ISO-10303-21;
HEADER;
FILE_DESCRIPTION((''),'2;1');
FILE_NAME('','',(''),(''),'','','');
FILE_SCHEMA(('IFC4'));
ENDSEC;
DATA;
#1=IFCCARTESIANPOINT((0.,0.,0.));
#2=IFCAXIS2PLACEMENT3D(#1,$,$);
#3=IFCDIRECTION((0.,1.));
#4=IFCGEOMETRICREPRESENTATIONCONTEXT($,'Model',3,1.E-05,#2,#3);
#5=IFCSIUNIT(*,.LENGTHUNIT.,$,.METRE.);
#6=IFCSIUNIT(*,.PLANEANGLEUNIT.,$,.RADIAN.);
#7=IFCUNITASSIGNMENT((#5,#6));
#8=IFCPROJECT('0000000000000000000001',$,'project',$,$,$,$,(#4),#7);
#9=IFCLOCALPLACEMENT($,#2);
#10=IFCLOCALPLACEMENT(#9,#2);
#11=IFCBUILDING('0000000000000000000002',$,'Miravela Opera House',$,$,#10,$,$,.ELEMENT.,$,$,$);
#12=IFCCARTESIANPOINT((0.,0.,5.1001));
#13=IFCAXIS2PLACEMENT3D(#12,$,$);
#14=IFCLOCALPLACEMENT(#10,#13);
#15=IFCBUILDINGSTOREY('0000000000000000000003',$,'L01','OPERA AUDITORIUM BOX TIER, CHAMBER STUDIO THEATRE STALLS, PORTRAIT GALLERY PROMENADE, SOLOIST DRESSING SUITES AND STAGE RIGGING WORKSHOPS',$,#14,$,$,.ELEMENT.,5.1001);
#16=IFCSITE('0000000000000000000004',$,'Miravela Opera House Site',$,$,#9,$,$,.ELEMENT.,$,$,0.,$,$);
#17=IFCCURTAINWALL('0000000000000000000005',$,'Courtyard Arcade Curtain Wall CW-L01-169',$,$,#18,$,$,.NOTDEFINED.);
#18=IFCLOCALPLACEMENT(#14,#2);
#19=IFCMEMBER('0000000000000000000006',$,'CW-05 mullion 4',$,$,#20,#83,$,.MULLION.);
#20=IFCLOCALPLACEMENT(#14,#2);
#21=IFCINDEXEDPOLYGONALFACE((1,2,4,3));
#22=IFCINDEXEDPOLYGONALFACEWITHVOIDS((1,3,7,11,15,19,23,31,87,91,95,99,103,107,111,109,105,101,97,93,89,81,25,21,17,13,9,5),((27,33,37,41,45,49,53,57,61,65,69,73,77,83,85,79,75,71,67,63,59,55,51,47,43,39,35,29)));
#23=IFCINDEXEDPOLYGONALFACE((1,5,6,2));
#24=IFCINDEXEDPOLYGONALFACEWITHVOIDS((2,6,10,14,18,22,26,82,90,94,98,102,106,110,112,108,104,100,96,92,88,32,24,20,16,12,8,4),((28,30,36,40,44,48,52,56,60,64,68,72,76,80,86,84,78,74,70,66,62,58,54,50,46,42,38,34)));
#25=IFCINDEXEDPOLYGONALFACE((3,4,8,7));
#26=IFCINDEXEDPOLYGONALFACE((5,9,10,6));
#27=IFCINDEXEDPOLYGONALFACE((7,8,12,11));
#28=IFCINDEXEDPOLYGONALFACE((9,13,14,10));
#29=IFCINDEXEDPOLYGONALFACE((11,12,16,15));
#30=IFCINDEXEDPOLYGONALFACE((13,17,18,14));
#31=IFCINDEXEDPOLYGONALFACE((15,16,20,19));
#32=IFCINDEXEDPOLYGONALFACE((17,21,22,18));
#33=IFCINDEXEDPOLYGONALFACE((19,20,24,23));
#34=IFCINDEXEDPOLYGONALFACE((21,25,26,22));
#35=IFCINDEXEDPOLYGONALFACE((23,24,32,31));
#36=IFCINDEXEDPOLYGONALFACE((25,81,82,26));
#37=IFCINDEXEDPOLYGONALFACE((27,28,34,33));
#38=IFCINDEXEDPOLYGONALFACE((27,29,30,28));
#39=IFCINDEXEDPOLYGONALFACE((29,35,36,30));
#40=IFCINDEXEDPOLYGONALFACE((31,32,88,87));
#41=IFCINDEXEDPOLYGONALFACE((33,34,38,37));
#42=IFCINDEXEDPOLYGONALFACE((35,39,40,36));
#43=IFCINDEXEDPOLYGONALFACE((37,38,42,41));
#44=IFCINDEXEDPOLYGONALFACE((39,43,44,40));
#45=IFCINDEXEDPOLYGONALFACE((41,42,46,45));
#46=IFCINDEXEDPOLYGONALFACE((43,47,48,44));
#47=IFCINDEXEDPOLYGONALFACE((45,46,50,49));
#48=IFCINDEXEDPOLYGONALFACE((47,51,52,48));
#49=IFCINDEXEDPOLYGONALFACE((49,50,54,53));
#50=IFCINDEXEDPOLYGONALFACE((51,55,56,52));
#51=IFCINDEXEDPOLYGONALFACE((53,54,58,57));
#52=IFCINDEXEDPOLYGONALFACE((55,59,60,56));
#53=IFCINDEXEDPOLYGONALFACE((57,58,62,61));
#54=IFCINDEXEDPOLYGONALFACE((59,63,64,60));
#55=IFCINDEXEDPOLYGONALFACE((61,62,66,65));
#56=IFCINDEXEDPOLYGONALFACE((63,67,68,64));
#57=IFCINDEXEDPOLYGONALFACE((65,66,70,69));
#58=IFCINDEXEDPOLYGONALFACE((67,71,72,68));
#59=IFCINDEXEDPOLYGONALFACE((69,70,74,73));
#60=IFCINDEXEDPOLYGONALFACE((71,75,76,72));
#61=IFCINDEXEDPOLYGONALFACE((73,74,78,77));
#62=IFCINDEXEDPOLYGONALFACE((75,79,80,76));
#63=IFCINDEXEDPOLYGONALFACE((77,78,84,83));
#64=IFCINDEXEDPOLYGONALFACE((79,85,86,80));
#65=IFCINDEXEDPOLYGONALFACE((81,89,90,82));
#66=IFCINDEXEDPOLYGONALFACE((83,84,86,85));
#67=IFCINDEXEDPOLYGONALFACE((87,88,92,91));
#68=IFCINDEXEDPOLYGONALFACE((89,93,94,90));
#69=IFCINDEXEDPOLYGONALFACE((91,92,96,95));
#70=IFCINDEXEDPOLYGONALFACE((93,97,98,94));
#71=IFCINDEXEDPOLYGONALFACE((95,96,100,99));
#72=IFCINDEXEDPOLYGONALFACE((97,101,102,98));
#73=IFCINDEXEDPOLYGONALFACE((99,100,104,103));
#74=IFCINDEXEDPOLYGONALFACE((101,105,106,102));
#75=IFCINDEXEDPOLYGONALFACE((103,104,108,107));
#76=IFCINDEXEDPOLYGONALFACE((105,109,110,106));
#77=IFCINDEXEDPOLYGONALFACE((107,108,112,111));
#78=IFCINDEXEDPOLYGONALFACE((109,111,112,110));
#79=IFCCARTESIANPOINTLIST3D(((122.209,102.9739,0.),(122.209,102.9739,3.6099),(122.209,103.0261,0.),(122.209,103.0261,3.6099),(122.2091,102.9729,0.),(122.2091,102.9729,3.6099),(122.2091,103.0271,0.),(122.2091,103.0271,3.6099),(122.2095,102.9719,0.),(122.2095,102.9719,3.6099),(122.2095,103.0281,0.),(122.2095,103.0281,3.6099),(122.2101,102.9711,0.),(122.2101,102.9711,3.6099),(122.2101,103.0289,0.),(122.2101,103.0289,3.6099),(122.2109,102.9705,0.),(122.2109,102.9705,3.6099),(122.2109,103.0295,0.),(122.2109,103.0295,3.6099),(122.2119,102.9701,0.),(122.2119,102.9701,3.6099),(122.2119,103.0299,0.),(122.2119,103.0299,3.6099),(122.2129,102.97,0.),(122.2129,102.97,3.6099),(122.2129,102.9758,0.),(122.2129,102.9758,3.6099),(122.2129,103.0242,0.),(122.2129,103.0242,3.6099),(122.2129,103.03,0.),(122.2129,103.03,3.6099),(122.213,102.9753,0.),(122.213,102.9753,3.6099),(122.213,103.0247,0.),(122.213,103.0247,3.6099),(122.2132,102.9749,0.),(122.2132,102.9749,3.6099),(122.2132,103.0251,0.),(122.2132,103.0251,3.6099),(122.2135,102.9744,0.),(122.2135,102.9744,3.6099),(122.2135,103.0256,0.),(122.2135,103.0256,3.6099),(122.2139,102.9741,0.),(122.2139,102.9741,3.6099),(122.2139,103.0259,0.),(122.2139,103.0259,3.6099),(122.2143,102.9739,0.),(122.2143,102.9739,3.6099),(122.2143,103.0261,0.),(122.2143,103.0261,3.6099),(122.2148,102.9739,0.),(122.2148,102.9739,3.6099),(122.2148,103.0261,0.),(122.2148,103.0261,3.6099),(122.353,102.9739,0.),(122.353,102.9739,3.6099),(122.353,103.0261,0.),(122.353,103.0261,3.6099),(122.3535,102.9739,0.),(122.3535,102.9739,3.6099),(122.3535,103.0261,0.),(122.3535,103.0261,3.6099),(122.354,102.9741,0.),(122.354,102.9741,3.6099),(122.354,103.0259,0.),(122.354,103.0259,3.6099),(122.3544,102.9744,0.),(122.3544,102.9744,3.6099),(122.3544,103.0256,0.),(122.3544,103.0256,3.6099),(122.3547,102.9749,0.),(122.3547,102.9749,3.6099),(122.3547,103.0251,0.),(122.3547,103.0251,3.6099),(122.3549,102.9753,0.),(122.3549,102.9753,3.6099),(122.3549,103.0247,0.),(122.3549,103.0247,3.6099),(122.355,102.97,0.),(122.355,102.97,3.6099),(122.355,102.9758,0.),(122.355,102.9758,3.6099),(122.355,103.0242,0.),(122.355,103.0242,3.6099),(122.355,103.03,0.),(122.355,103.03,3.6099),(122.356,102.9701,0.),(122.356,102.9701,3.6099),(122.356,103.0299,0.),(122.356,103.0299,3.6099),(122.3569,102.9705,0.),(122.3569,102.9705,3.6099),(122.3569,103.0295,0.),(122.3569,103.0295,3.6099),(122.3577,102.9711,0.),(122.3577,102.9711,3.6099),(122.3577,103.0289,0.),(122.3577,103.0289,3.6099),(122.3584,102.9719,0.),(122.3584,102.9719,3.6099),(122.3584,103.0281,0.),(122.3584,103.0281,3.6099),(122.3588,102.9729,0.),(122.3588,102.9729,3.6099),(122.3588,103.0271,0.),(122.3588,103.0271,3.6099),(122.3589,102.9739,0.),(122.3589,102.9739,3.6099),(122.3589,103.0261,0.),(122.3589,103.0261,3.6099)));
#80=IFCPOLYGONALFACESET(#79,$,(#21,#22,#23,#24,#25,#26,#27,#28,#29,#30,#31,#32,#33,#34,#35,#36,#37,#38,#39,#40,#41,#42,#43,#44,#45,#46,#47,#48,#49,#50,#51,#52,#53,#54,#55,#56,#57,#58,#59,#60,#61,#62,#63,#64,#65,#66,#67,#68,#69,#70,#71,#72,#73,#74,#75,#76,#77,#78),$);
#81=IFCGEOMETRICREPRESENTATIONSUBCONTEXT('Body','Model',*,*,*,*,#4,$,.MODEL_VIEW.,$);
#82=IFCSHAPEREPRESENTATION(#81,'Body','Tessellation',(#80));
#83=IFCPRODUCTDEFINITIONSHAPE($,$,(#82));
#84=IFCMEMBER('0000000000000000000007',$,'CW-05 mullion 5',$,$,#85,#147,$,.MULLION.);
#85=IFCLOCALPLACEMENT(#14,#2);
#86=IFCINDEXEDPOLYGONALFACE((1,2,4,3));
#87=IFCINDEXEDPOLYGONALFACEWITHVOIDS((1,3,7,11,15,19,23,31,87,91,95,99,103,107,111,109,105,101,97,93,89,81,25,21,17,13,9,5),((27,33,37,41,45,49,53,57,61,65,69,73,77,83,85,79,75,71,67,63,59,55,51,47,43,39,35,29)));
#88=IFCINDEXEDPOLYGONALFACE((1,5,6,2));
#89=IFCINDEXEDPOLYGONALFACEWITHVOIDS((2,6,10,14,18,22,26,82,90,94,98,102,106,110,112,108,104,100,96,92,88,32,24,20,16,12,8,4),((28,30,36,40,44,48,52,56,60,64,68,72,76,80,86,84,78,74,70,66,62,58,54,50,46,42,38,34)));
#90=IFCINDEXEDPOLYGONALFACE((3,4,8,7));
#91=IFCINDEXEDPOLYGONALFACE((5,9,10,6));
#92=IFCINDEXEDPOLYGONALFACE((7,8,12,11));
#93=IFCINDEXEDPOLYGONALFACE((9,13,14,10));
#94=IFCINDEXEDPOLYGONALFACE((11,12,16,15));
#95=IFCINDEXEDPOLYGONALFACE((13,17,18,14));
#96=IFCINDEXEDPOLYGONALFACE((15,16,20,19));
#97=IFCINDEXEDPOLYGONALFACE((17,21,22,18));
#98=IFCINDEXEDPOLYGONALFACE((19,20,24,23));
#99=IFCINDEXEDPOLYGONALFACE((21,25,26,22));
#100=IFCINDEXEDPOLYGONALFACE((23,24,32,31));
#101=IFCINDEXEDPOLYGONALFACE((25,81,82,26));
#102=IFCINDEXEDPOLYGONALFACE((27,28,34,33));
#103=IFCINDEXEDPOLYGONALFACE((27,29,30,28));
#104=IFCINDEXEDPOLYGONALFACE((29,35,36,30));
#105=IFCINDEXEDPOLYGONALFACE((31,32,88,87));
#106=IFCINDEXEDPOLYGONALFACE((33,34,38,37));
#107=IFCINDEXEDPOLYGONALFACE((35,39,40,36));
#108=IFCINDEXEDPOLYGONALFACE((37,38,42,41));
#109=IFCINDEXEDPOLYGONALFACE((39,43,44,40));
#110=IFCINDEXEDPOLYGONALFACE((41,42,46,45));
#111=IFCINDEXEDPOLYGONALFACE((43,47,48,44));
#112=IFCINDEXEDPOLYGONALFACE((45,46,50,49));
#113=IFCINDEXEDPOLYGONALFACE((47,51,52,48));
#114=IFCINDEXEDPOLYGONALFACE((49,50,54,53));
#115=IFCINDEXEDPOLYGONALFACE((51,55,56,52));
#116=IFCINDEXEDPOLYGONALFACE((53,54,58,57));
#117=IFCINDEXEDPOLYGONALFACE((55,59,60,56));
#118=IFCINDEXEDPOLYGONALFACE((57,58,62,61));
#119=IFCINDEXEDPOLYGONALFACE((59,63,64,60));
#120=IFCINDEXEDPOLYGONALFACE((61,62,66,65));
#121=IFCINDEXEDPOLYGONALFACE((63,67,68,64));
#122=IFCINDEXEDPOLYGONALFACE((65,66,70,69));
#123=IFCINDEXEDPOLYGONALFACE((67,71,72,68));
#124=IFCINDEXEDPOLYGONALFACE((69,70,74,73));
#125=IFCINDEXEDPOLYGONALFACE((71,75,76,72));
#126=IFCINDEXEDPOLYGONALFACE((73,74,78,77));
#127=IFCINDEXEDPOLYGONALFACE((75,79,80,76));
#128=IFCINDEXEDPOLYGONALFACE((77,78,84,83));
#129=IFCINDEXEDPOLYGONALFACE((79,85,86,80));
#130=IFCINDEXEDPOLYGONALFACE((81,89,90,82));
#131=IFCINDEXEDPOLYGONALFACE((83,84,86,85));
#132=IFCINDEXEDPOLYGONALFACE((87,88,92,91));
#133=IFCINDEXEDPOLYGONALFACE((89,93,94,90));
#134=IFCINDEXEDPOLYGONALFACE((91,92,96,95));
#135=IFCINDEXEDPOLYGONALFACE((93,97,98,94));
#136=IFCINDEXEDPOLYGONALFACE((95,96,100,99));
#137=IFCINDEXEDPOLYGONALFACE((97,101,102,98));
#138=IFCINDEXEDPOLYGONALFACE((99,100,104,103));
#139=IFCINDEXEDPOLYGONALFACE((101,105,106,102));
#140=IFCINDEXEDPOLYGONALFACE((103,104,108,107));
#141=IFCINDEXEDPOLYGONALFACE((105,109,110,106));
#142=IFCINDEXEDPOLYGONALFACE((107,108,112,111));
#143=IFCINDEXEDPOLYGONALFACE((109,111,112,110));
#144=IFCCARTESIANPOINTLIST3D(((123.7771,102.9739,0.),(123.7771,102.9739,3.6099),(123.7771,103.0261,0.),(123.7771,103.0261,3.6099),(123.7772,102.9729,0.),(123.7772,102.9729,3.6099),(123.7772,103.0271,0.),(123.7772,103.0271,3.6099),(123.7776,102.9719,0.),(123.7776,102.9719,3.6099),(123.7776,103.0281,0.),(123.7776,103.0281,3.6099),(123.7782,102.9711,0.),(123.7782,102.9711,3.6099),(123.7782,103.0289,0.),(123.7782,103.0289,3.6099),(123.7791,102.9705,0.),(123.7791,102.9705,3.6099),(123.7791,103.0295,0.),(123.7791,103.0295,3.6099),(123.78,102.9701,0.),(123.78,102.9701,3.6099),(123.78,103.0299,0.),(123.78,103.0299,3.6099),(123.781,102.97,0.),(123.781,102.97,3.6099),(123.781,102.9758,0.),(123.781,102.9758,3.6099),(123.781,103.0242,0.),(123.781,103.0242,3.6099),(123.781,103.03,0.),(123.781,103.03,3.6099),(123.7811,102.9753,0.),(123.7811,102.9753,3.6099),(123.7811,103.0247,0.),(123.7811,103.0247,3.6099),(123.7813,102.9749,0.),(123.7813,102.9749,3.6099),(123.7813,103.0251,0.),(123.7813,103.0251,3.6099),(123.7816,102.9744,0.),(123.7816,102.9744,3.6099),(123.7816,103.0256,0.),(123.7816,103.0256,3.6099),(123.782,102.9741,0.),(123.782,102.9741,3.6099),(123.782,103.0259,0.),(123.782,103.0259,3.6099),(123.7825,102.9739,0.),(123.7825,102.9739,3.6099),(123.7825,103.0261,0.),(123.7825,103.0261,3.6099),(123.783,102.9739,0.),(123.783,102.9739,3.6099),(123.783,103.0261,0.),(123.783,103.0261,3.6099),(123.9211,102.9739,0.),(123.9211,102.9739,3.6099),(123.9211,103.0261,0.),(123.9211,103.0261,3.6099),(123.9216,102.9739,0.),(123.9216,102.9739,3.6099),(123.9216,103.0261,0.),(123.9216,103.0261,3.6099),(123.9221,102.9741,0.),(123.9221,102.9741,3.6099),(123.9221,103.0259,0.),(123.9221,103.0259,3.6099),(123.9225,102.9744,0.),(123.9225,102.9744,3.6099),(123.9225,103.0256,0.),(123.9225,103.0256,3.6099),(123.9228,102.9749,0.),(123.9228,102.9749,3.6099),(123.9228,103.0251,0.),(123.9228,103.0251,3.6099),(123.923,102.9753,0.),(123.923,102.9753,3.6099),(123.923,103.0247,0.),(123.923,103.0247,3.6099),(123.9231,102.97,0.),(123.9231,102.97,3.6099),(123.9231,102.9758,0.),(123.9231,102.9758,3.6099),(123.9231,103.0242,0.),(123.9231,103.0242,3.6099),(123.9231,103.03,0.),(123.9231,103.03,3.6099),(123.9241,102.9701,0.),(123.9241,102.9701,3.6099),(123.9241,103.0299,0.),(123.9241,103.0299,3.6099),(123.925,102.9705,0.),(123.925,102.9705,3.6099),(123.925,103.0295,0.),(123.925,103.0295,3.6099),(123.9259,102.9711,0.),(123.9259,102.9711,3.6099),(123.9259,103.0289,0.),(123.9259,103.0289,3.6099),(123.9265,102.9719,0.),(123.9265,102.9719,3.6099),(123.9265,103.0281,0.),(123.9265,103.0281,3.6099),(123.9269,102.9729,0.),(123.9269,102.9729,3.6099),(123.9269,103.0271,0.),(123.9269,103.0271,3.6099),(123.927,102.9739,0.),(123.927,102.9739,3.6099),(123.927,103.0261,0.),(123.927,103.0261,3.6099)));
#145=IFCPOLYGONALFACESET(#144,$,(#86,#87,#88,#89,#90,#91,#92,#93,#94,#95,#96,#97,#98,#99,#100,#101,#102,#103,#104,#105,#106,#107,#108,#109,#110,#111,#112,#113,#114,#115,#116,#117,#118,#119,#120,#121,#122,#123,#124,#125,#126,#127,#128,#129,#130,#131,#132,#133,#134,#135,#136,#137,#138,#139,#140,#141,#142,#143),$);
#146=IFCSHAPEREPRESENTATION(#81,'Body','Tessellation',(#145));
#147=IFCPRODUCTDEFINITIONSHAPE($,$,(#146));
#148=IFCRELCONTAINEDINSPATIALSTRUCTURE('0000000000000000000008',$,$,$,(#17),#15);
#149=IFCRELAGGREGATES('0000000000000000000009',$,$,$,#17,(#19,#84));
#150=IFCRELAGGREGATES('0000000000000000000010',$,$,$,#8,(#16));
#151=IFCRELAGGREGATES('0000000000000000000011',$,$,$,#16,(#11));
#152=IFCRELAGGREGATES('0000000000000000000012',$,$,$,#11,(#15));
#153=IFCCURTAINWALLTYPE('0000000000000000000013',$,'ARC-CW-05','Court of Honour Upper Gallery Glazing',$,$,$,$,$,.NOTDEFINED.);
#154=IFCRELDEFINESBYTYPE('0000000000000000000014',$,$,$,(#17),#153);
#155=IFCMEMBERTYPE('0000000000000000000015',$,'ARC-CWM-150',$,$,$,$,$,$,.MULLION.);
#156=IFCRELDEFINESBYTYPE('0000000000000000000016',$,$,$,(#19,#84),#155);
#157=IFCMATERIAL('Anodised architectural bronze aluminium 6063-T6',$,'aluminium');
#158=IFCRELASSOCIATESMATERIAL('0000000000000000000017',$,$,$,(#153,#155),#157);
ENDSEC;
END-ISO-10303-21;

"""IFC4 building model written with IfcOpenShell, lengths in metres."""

from ifc_helpers import new_model, si_unit, direction, frame, origin, origin_2d, place, context, subcontext, project, spatial, hollow_rectangle, extrude, material, material_profile, profile_set, type_object, element, aggregate, save


model = new_model("IFC4")

# Units and contexts
model_context = context("Model", 3, precision=1e-05, world=origin(), true_north=direction((0.0, 1.0)))
body_context = subcontext(model_context, "Body", "Model", "MODEL_VIEW")
ifc_project = project(units=[si_unit("LENGTHUNIT", "METRE"), si_unit("PLANEANGLEUNIT", "RADIAN")], contexts=[model_context])

# Site, building, storey
site_placement = place(None, origin())
site = spatial("IfcSite", under=ifc_project, at=site_placement, Name="Miravela Opera House Site", CompositionType="ELEMENT", RefElevation=0.0)
building_placement = place(site_placement, origin())
building = spatial("IfcBuilding", under=site, at=building_placement, Name="Miravela Opera House", CompositionType="ELEMENT")
storey_placement = place(building_placement, frame((0.0, 0.0, 5.1001)))
storey = spatial("IfcBuildingStorey", under=building, at=storey_placement, Name="L01", Description="OPERA AUDITORIUM BOX TIER, CHAMBER STUDIO THEATRE STALLS, PORTRAIT GALLERY PROMENADE, SOLOIST DRESSING SUITES AND STAGE RIGGING WORKSHOPS", CompositionType="ELEMENT", Elevation=5.1001)

# Curtain wall, members
ifc_material_1 = material(Name="Anodised architectural bronze aluminium 6063-T6", Category="aluminium")
curtain_wall_type = type_object("IfcCurtainWallType", Name="ARC-CW-05", Description="Court of Honour Upper Gallery Glazing", PredefinedType="NOTDEFINED", material=ifc_material_1)
curtain_wall_placement = place(storey_placement, origin())
curtain_wall = element("IfcCurtainWall", 1, at=curtain_wall_placement, inside=storey, type_object=curtain_wall_type, Name="Courtyard Arcade Curtain Wall CW-L01-169", PredefinedType="NOTDEFINED")
ifc_material_profile_1 = material_profile(ifc_material_1, hollow_rectangle(XDim=0.0601, YDim=0.1499, WallThickness=0.0039, InnerFilletRadius=0.002, OuterFilletRadius=0.0039, at=origin_2d()), Name="CWM-60X150")
ifc_profile_set_1 = profile_set([ifc_material_profile_1])
member_type_1 = type_object("IfcMemberType", Name="ARC-CWM-150", PredefinedType="MULLION", material=ifc_profile_set_1)
member_1_placement = place(storey_placement, frame((122.2839, 103.0, 0.0), z_axis=(0.0, 0.0, 1.0), x_axis=(0.0, 1.0, 0.0)))
member_1 = element("IfcMember", 2, at=member_1_placement, type_object=member_type_1, Name="CW-05 mullion 4", PredefinedType="MULLION", context=body_context, shape_type="SweptSolid", body=[
    extrude(hollow_rectangle(XDim=0.0601, YDim=0.1499, WallThickness=0.0039, InnerFilletRadius=0.002, OuterFilletRadius=0.0039, at=origin_2d()), origin(), (0.0, 0.0, 1.0), 3.6099),
])
member_2_placement = place(storey_placement, frame((123.8521, 103.0, 0.0), z_axis=(0.0, 0.0, 1.0), x_axis=(0.0, 1.0, 0.0)))
member_2 = element("IfcMember", 3, at=member_2_placement, type_object=member_type_1, Name="CW-05 mullion 5", PredefinedType="MULLION", context=body_context, shape_type="SweptSolid", body=[
    extrude(hollow_rectangle(XDim=0.0601, YDim=0.1499, WallThickness=0.0039, InnerFilletRadius=0.002, OuterFilletRadius=0.0039, at=origin_2d()), origin(), (0.0, 0.0, 1.0), 3.6099),
])
aggregate(curtain_wall, [member_1, member_2])

save(model, "model.ifc")
